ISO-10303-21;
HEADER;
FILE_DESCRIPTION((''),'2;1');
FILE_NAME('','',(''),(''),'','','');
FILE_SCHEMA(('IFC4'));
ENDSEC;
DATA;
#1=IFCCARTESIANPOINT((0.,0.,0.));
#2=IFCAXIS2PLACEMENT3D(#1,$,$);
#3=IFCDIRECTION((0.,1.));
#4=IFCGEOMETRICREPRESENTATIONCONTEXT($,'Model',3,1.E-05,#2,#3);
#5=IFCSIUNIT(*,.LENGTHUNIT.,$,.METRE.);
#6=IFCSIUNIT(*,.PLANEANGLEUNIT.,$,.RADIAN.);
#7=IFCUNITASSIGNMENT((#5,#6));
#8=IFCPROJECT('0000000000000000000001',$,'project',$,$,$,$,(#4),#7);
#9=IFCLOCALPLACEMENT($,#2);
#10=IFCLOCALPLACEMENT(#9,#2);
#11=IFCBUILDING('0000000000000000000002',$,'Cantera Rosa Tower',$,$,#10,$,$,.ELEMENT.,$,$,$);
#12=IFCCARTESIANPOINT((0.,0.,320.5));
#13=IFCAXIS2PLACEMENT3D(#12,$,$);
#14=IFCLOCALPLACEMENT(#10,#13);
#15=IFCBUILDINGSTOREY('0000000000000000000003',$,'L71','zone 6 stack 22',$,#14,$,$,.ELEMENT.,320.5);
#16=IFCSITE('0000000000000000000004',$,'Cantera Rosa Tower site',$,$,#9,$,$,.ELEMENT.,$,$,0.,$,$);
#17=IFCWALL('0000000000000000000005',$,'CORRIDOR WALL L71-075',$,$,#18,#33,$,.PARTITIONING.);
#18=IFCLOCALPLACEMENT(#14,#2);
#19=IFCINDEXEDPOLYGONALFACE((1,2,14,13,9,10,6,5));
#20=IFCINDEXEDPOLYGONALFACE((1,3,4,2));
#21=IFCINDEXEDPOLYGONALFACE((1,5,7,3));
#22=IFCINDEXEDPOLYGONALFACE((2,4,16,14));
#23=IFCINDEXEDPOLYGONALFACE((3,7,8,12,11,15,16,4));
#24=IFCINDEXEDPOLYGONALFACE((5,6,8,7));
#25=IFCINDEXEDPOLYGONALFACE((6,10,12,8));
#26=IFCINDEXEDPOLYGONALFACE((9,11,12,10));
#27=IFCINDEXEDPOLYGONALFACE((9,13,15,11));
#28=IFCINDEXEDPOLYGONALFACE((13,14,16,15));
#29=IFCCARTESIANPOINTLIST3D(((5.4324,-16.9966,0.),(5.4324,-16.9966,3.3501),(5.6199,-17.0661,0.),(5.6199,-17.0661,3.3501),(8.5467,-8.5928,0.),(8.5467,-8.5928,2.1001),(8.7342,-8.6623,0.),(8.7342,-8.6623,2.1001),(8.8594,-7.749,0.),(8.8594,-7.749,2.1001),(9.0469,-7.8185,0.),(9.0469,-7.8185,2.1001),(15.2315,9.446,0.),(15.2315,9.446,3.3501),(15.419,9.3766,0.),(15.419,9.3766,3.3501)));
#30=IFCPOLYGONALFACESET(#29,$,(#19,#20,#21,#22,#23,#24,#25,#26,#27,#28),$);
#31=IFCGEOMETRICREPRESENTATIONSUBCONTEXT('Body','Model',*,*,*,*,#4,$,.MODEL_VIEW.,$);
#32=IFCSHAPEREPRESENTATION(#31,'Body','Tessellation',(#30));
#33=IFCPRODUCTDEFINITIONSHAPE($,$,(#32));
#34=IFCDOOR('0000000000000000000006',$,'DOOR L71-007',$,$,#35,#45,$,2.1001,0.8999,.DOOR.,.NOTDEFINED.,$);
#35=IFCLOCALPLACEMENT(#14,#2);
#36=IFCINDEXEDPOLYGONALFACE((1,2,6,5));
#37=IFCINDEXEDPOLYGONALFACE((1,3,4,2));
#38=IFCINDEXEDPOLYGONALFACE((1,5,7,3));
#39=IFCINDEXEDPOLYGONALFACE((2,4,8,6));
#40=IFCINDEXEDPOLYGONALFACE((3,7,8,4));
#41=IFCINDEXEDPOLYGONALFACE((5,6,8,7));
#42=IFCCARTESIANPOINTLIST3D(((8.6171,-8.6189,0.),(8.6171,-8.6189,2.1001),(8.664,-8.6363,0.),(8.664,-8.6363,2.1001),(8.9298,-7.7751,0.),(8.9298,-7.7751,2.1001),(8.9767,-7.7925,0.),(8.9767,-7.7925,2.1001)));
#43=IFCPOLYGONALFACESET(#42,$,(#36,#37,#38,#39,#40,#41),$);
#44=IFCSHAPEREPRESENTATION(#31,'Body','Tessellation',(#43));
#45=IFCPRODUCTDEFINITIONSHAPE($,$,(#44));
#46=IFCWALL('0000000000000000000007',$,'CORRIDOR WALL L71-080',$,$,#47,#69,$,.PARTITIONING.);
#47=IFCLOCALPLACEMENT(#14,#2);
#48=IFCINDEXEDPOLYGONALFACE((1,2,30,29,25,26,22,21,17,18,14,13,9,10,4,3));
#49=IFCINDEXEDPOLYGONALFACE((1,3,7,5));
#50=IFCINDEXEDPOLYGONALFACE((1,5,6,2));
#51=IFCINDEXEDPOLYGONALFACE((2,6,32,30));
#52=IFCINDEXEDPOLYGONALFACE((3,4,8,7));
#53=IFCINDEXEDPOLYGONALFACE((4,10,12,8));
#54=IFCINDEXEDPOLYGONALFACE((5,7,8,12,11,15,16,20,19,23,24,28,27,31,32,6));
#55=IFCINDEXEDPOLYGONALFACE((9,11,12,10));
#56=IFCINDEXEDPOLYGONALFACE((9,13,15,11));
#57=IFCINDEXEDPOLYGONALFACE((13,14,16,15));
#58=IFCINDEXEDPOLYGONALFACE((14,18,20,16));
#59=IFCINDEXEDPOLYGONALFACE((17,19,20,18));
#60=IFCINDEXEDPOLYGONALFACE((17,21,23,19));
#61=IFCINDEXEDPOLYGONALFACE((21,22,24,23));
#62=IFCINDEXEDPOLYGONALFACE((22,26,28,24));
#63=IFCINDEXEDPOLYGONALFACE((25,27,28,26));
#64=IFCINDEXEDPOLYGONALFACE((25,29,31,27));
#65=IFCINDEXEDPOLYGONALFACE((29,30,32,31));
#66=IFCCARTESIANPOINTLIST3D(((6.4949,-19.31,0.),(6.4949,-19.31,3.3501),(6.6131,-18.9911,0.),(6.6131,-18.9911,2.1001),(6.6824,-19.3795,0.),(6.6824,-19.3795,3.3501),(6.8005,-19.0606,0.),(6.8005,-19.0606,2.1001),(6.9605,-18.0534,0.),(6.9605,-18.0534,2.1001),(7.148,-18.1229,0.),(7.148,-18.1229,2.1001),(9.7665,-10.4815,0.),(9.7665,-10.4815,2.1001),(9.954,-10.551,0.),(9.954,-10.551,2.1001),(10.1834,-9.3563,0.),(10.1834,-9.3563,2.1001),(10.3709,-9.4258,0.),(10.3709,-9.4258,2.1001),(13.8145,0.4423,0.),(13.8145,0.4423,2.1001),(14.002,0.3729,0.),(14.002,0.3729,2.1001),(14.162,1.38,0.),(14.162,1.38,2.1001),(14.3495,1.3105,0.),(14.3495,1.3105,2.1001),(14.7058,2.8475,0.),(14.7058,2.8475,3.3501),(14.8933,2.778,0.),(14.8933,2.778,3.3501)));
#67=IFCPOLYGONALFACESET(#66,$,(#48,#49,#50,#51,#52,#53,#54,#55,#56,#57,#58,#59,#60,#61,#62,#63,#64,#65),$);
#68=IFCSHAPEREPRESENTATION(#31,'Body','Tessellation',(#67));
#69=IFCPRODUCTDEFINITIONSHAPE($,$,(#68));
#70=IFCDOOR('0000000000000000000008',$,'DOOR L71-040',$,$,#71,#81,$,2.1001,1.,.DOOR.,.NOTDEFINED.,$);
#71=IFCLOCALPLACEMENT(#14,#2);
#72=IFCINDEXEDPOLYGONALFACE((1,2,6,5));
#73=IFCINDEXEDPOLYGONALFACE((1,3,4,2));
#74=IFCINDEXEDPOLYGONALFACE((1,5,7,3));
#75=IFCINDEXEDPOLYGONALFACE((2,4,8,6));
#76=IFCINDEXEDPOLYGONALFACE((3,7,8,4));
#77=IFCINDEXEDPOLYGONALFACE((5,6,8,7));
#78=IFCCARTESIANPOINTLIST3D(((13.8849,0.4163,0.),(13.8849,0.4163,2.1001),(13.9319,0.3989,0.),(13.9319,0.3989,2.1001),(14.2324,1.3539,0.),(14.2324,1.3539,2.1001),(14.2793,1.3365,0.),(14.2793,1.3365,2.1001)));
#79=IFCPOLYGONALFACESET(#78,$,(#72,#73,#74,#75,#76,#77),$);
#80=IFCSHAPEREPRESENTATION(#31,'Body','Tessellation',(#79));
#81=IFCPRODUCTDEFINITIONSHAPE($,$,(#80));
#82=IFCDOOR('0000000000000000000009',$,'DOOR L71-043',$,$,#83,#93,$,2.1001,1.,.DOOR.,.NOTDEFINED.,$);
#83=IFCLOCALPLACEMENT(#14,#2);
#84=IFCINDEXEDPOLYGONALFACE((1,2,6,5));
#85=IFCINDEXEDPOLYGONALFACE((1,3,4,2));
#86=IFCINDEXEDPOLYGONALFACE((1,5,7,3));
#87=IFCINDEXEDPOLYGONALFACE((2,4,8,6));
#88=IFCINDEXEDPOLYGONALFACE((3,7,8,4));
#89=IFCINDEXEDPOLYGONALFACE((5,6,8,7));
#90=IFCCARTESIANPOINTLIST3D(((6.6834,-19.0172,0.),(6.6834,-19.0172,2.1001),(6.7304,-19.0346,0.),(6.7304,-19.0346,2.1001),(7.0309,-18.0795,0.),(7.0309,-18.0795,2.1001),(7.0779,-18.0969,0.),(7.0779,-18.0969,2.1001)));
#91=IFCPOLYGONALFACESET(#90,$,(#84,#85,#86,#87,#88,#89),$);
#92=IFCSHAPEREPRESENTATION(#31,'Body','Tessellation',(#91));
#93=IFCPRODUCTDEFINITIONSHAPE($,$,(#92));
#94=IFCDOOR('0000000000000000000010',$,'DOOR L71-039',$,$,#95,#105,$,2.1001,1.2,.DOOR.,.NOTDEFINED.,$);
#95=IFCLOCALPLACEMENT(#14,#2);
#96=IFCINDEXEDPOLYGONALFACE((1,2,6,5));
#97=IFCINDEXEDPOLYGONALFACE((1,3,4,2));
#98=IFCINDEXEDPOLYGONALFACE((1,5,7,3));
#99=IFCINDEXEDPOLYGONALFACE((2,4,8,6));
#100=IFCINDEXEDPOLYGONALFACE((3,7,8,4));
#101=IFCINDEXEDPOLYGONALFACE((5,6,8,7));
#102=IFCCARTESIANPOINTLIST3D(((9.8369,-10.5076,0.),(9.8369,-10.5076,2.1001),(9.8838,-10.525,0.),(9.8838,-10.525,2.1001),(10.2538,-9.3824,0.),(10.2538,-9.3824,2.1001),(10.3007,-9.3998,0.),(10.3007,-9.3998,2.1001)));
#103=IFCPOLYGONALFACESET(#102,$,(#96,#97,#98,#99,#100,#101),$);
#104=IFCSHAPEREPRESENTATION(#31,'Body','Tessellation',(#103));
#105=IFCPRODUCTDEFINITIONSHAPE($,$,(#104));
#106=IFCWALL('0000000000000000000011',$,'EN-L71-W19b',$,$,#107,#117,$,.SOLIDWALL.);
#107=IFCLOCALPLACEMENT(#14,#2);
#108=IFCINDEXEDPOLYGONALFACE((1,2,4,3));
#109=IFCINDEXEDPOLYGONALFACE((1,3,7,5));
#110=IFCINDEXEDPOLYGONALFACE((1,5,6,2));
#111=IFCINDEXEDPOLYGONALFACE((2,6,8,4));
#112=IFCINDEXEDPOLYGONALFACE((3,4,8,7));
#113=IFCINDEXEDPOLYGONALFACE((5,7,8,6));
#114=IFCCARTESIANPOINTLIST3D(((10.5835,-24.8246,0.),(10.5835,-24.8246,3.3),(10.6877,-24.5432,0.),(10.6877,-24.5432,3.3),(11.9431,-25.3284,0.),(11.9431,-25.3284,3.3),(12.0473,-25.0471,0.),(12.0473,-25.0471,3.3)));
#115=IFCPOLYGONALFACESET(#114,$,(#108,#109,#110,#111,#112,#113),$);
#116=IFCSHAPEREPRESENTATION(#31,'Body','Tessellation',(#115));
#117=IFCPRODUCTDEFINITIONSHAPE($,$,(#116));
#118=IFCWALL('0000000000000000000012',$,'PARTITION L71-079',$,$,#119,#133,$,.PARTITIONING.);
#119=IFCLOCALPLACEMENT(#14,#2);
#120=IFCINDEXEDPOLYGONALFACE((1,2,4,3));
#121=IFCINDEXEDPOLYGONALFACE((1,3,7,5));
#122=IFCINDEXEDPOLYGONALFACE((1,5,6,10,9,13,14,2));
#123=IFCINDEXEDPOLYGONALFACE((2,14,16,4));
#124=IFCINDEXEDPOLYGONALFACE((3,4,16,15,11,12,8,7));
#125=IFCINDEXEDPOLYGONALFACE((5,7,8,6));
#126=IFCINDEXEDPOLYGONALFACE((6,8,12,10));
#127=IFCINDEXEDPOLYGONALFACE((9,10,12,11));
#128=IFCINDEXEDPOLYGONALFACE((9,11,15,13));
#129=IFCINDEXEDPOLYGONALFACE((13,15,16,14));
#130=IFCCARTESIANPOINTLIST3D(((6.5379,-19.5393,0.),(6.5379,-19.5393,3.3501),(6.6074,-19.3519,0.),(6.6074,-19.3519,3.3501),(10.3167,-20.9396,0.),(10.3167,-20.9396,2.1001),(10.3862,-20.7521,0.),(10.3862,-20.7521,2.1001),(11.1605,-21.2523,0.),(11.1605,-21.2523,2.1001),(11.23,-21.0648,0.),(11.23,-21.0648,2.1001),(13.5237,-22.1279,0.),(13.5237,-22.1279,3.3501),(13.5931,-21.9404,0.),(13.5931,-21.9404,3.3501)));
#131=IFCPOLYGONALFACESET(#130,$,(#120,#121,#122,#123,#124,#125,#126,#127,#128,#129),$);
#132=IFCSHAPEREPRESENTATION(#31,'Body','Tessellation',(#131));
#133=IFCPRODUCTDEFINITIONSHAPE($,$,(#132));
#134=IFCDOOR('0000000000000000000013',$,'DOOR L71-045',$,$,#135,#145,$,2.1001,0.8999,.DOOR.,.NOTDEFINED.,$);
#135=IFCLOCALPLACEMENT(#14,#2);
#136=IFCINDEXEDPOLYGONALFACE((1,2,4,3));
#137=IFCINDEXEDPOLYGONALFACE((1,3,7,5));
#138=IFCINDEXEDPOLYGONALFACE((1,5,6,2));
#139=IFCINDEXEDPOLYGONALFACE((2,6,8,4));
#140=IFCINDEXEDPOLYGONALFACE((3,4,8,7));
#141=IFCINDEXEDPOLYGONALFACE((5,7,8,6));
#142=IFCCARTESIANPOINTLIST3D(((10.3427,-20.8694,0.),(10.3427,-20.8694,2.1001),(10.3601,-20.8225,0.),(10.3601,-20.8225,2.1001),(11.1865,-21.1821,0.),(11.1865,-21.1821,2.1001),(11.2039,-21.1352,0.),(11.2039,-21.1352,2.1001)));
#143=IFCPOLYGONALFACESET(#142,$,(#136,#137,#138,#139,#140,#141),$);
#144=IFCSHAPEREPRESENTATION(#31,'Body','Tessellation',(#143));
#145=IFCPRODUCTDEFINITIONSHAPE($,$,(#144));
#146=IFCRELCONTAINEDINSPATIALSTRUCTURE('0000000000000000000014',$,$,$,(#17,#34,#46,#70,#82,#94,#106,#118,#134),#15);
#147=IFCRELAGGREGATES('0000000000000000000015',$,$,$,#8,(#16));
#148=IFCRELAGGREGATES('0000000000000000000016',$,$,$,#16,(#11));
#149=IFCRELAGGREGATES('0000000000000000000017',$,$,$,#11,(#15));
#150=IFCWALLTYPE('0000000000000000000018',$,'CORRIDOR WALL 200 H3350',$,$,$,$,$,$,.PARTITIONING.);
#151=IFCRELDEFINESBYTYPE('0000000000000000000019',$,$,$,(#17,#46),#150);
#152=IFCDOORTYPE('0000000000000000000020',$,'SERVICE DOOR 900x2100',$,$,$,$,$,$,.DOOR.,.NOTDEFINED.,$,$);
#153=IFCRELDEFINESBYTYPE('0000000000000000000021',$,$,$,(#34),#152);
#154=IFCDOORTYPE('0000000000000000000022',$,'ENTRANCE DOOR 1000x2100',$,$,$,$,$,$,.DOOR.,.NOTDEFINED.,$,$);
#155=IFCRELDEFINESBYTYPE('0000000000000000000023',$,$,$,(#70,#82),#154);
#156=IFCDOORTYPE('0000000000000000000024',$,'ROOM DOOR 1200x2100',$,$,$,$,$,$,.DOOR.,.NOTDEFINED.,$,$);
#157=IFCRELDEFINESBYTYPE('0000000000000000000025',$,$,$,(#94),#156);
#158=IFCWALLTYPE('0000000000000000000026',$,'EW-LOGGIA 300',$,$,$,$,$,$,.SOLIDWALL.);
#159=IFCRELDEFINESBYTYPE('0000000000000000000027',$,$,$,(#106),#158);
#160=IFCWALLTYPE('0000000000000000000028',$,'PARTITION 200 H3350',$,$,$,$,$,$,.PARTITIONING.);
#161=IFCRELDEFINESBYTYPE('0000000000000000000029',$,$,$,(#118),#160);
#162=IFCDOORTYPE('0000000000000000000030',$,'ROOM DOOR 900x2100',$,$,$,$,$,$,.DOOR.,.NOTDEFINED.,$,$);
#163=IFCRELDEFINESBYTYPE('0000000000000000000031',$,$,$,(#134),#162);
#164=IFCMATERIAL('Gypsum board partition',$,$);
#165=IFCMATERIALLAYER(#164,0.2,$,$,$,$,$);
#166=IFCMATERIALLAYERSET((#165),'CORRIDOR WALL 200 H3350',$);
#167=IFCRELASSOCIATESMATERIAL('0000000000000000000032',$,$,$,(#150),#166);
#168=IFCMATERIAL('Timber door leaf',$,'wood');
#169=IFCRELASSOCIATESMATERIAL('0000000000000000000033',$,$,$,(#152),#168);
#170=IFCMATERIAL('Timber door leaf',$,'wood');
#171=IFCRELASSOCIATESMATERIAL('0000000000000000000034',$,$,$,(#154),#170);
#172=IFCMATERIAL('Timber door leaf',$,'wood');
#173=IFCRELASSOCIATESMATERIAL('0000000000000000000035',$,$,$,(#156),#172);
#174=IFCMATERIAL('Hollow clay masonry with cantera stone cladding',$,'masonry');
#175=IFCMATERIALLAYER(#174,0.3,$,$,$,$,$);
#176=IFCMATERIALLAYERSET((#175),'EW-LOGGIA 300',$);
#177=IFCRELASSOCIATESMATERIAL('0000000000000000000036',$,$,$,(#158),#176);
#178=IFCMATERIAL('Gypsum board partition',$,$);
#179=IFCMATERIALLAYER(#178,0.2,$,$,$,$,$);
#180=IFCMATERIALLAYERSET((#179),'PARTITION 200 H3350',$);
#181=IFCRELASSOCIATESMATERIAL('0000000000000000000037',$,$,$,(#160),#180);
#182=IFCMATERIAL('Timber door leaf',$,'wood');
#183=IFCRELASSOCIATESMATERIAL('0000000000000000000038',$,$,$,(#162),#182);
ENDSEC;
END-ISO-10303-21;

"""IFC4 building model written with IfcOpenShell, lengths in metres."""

from ifc_helpers import new_model, si_unit, direction, frame, frame_2d, origin, place, context, subcontext, project, spatial, rectangle, extrude, material, layer, layer_set, type_object, element, fill, save


model = new_model("IFC4")

# Units and contexts
model_context = context("Model", 3, precision=1e-05, world=origin(), true_north=direction((0.0, 1.0)))
body_context = subcontext(model_context, "Body", "Model", "MODEL_VIEW")
ifc_project = project(units=[si_unit("LENGTHUNIT", "METRE"), si_unit("PLANEANGLEUNIT", "RADIAN")], contexts=[model_context])

# Site, building, storey
site_placement = place(None, origin())
site = spatial("IfcSite", under=ifc_project, at=site_placement, Name="Cantera Rosa Tower site", CompositionType="ELEMENT", RefElevation=0.0)
building_placement = place(site_placement, origin())
building = spatial("IfcBuilding", under=site, at=building_placement, Name="Cantera Rosa Tower", CompositionType="ELEMENT")
storey_placement = place(building_placement, frame((0.0, 0.0, 320.5)))
storey = spatial("IfcBuildingStorey", under=building, at=storey_placement, Name="L71", Description="zone 6 stack 22", CompositionType="ELEMENT", Elevation=320.5)

# Wall, opening, door
ifc_material_1 = material(Name="Gypsum board partition")
ifc_layer_1 = layer(ifc_material_1, 0.2)
ifc_layer_set_1 = layer_set([ifc_layer_1], Name="CORRIDOR WALL 200 H3350")
wall_type_1 = type_object("IfcWallType", Name="CORRIDOR WALL 200 H3350", PredefinedType="PARTITIONING", material=ifc_layer_set_1)
wall_1_placement = place(storey_placement, frame((5.5261, -17.0315, 0.0), z_axis=(0.0, 0.0, 1.0), x_axis=(0.347486, 0.937685, 0.0)))
wall_1 = element("IfcWall", 1, at=wall_1_placement, inside=storey, type_object=wall_type_1, Name="CORRIDOR WALL L71-075", PredefinedType="PARTITIONING", context=body_context, shape_type="SweptSolid", body=[
    extrude(rectangle(XDim=28.2, YDim=0.2, at=frame_2d((14.1001, 0.0))), origin(), (0.0, 0.0, 1.0), 3.3501),
])
opening_1_placement = place(wall_1_placement, frame((8.9624, 0.0, 0.0)))
opening_1 = element("IfcOpeningElement", 2, at=opening_1_placement, cuts=wall_1, PredefinedType="OPENING", context=body_context, shape_type="SweptSolid", body=[
    extrude(rectangle(XDim=0.8999, YDim=2.1001, at=frame_2d((0.45, 1.05))), frame((0.0, 0.1099, 0.0), z_axis=(0.0, -1.0, 0.0), x_axis=(1.0, 0.0, 0.0)), (0.0, 0.0, 1.0), 0.22),
])
ifc_material_2 = material(Name="Timber door leaf", Category="wood")
door_type_1 = type_object("IfcDoorType", Name="SERVICE DOOR 900x2100", OperationType="NOTDEFINED", PredefinedType="DOOR", material=ifc_material_2)
door_1_placement = place(opening_1_placement, origin())
door_1 = element("IfcDoor", 3, at=door_1_placement, inside=storey, type_object=door_type_1, Name="DOOR L71-007", OperationType="NOTDEFINED", OverallHeight=2.1001, OverallWidth=0.8999, PredefinedType="DOOR", context=body_context, shape_type="SweptSolid", body=[
    extrude(rectangle(XDim=0.8999, YDim=2.1001, at=frame_2d((0.45, 1.05))), frame((0.0, 0.0249, 0.0), z_axis=(0.0, -1.0, 0.0), x_axis=(1.0, 0.0, 0.0)), (0.0, 0.0, 1.0), 0.05),
])
fill(opening_1, door_1)

# Wall, openings, doors
wall_2_placement = place(storey_placement, frame((6.5886, -19.3447, 0.0), z_axis=(0.0, 0.0, 1.0), x_axis=(0.347481, 0.937687, 0.0)))
wall_2 = element("IfcWall", 4, at=wall_2_placement, inside=storey, type_object=wall_type_1, Name="CORRIDOR WALL L71-080", PredefinedType="PARTITIONING", context=body_context, shape_type="SweptSolid", body=[
    extrude(rectangle(XDim=23.6299, YDim=0.2, at=frame_2d((11.8149, 0.0))), origin(), (0.0, 0.0, 1.0), 3.3501),
])
opening_2_placement = place(wall_2_placement, frame((9.415, 0.0, 0.0)))
opening_2 = element("IfcOpeningElement", 5, at=opening_2_placement, cuts=wall_2, PredefinedType="OPENING", context=body_context, shape_type="SweptSolid", body=[
    extrude(rectangle(XDim=1.2, YDim=2.1001, at=frame_2d((0.6001, 1.05))), frame((0.0, 0.1099, 0.0), z_axis=(0.0, -1.0, 0.0), x_axis=(1.0, 0.0, 0.0)), (0.0, 0.0, 1.0), 0.22),
])
opening_3_placement = place(wall_2_placement, frame((21.0649, 0.0, 0.0)))
opening_3 = element("IfcOpeningElement", 6, at=opening_3_placement, cuts=wall_2, PredefinedType="OPENING", context=body_context, shape_type="SweptSolid", body=[
    extrude(rectangle(XDim=1.0, YDim=2.1001, at=frame_2d((0.5, 1.05))), frame((0.0, 0.1099, 0.0), z_axis=(0.0, -1.0, 0.0), x_axis=(1.0, 0.0, 0.0)), (0.0, 0.0, 1.0), 0.22),
])
opening_4_placement = place(wall_2_placement, frame((0.3401, 0.0, 0.0)))
opening_4 = element("IfcOpeningElement", 7, at=opening_4_placement, cuts=wall_2, PredefinedType="OPENING", context=body_context, shape_type="SweptSolid", body=[
    extrude(rectangle(XDim=1.0, YDim=2.1001, at=frame_2d((0.5, 1.05))), frame((0.0, 0.1099, 0.0), z_axis=(0.0, -1.0, 0.0), x_axis=(1.0, 0.0, 0.0)), (0.0, 0.0, 1.0), 0.22),
])
ifc_material_3 = material(Name="Timber door leaf", Category="wood")
door_type_2 = type_object("IfcDoorType", Name="ENTRANCE DOOR 1000x2100", OperationType="NOTDEFINED", PredefinedType="DOOR", material=ifc_material_3)
door_2_placement = place(opening_3_placement, origin())
door_2 = element("IfcDoor", 8, at=door_2_placement, inside=storey, type_object=door_type_2, Name="DOOR L71-040", OperationType="NOTDEFINED", OverallHeight=2.1001, OverallWidth=1.0, PredefinedType="DOOR", context=body_context, shape_type="SweptSolid", body=[
    extrude(rectangle(XDim=1.0, YDim=2.1001, at=frame_2d((0.5, 1.05))), frame((0.0, 0.0249, 0.0), z_axis=(0.0, -1.0, 0.0), x_axis=(1.0, 0.0, 0.0)), (0.0, 0.0, 1.0), 0.05),
])
fill(opening_3, door_2)
door_3_placement = place(opening_4_placement, origin())
door_3 = element("IfcDoor", 9, at=door_3_placement, inside=storey, type_object=door_type_2, Name="DOOR L71-043", OperationType="NOTDEFINED", OverallHeight=2.1001, OverallWidth=1.0, PredefinedType="DOOR", context=body_context, shape_type="SweptSolid", body=[
    extrude(rectangle(XDim=1.0, YDim=2.1001, at=frame_2d((0.5, 1.05))), frame((0.0, 0.0249, 0.0), z_axis=(0.0, -1.0, 0.0), x_axis=(1.0, 0.0, 0.0)), (0.0, 0.0, 1.0), 0.05),
])
fill(opening_4, door_3)
ifc_material_4 = material(Name="Timber door leaf", Category="wood")
door_type_3 = type_object("IfcDoorType", Name="ROOM DOOR 1200x2100", OperationType="NOTDEFINED", PredefinedType="DOOR", material=ifc_material_4)
door_4_placement = place(opening_2_placement, origin())
door_4 = element("IfcDoor", 10, at=door_4_placement, inside=storey, type_object=door_type_3, Name="DOOR L71-039", OperationType="NOTDEFINED", OverallHeight=2.1001, OverallWidth=1.2, PredefinedType="DOOR", context=body_context, shape_type="SweptSolid", body=[
    extrude(rectangle(XDim=1.2, YDim=2.1001, at=frame_2d((0.6001, 1.05))), frame((0.0, 0.0249, 0.0), z_axis=(0.0, -1.0, 0.0), x_axis=(1.0, 0.0, 0.0)), (0.0, 0.0, 1.0), 0.05),
])
fill(opening_2, door_4)

# Wall
ifc_material_5 = material(Name="Hollow clay masonry with cantera stone cladding", Category="masonry")
ifc_layer_2 = layer(ifc_material_5, 0.3)
ifc_layer_set_2 = layer_set([ifc_layer_2], Name="EW-LOGGIA 300")
wall_type_2 = type_object("IfcWallType", Name="EW-LOGGIA 300", PredefinedType="SOLIDWALL", material=ifc_layer_set_2)
wall_3_placement = place(storey_placement, frame((10.6355, -24.6838, 0.0), z_axis=(0.0, 0.0, 1.0), x_axis=(0.937672, -0.347523, 0.0)))
element("IfcWall", 11, at=wall_3_placement, inside=storey, type_object=wall_type_2, Name="EN-L71-W19b", PredefinedType="SOLIDWALL", context=body_context, shape_type="SweptSolid", body=[
    extrude(rectangle(XDim=1.45, YDim=0.3, at=frame_2d((0.7251, 0.0))), origin(), (0.0, 0.0, 1.0), 3.3),
])

# Wall, opening, door
ifc_material_6 = material(Name="Gypsum board partition")
ifc_layer_3 = layer(ifc_material_6, 0.2)
ifc_layer_set_3 = layer_set([ifc_layer_3], Name="PARTITION 200 H3350")
wall_type_3 = type_object("IfcWallType", Name="PARTITION 200 H3350", PredefinedType="PARTITIONING", material=ifc_layer_set_3)
wall_4_placement = place(storey_placement, frame((6.5725, -19.4456, 0.0), z_axis=(0.0, 0.0, 1.0), x_axis=(0.937693, -0.347465, 0.0)))
wall_4 = element("IfcWall", 12, at=wall_4_placement, inside=storey, type_object=wall_type_3, Name="PARTITION L71-079", PredefinedType="PARTITIONING", context=body_context, shape_type="SweptSolid", body=[
    extrude(rectangle(XDim=7.45, YDim=0.2, at=frame_2d((3.7251, 0.0))), origin(), (0.0, 0.0, 1.0), 3.3501),
])
opening_5_placement = place(wall_4_placement, frame((4.03, 0.0, 0.0)))
opening_5 = element("IfcOpeningElement", 13, at=opening_5_placement, cuts=wall_4, PredefinedType="OPENING", context=body_context, shape_type="SweptSolid", body=[
    extrude(rectangle(XDim=0.8999, YDim=2.1001, at=frame_2d((0.45, 1.05))), frame((0.0, 0.1099, 0.0), z_axis=(0.0, -1.0, 0.0), x_axis=(1.0, 0.0, 0.0)), (0.0, 0.0, 1.0), 0.22),
])
ifc_material_7 = material(Name="Timber door leaf", Category="wood")
door_type_4 = type_object("IfcDoorType", Name="ROOM DOOR 900x2100", OperationType="NOTDEFINED", PredefinedType="DOOR", material=ifc_material_7)
door_5_placement = place(opening_5_placement, origin())
door_5 = element("IfcDoor", 14, at=door_5_placement, inside=storey, type_object=door_type_4, Name="DOOR L71-045", OperationType="NOTDEFINED", OverallHeight=2.1001, OverallWidth=0.8999, PredefinedType="DOOR", context=body_context, shape_type="SweptSolid", body=[
    extrude(rectangle(XDim=0.8999, YDim=2.1001, at=frame_2d((0.45, 1.05))), frame((0.0, 0.0249, 0.0), z_axis=(0.0, -1.0, 0.0), x_axis=(1.0, 0.0, 0.0)), (0.0, 0.0, 1.0), 0.05),
])
fill(opening_5, door_5)

save(model, "model.ifc")
